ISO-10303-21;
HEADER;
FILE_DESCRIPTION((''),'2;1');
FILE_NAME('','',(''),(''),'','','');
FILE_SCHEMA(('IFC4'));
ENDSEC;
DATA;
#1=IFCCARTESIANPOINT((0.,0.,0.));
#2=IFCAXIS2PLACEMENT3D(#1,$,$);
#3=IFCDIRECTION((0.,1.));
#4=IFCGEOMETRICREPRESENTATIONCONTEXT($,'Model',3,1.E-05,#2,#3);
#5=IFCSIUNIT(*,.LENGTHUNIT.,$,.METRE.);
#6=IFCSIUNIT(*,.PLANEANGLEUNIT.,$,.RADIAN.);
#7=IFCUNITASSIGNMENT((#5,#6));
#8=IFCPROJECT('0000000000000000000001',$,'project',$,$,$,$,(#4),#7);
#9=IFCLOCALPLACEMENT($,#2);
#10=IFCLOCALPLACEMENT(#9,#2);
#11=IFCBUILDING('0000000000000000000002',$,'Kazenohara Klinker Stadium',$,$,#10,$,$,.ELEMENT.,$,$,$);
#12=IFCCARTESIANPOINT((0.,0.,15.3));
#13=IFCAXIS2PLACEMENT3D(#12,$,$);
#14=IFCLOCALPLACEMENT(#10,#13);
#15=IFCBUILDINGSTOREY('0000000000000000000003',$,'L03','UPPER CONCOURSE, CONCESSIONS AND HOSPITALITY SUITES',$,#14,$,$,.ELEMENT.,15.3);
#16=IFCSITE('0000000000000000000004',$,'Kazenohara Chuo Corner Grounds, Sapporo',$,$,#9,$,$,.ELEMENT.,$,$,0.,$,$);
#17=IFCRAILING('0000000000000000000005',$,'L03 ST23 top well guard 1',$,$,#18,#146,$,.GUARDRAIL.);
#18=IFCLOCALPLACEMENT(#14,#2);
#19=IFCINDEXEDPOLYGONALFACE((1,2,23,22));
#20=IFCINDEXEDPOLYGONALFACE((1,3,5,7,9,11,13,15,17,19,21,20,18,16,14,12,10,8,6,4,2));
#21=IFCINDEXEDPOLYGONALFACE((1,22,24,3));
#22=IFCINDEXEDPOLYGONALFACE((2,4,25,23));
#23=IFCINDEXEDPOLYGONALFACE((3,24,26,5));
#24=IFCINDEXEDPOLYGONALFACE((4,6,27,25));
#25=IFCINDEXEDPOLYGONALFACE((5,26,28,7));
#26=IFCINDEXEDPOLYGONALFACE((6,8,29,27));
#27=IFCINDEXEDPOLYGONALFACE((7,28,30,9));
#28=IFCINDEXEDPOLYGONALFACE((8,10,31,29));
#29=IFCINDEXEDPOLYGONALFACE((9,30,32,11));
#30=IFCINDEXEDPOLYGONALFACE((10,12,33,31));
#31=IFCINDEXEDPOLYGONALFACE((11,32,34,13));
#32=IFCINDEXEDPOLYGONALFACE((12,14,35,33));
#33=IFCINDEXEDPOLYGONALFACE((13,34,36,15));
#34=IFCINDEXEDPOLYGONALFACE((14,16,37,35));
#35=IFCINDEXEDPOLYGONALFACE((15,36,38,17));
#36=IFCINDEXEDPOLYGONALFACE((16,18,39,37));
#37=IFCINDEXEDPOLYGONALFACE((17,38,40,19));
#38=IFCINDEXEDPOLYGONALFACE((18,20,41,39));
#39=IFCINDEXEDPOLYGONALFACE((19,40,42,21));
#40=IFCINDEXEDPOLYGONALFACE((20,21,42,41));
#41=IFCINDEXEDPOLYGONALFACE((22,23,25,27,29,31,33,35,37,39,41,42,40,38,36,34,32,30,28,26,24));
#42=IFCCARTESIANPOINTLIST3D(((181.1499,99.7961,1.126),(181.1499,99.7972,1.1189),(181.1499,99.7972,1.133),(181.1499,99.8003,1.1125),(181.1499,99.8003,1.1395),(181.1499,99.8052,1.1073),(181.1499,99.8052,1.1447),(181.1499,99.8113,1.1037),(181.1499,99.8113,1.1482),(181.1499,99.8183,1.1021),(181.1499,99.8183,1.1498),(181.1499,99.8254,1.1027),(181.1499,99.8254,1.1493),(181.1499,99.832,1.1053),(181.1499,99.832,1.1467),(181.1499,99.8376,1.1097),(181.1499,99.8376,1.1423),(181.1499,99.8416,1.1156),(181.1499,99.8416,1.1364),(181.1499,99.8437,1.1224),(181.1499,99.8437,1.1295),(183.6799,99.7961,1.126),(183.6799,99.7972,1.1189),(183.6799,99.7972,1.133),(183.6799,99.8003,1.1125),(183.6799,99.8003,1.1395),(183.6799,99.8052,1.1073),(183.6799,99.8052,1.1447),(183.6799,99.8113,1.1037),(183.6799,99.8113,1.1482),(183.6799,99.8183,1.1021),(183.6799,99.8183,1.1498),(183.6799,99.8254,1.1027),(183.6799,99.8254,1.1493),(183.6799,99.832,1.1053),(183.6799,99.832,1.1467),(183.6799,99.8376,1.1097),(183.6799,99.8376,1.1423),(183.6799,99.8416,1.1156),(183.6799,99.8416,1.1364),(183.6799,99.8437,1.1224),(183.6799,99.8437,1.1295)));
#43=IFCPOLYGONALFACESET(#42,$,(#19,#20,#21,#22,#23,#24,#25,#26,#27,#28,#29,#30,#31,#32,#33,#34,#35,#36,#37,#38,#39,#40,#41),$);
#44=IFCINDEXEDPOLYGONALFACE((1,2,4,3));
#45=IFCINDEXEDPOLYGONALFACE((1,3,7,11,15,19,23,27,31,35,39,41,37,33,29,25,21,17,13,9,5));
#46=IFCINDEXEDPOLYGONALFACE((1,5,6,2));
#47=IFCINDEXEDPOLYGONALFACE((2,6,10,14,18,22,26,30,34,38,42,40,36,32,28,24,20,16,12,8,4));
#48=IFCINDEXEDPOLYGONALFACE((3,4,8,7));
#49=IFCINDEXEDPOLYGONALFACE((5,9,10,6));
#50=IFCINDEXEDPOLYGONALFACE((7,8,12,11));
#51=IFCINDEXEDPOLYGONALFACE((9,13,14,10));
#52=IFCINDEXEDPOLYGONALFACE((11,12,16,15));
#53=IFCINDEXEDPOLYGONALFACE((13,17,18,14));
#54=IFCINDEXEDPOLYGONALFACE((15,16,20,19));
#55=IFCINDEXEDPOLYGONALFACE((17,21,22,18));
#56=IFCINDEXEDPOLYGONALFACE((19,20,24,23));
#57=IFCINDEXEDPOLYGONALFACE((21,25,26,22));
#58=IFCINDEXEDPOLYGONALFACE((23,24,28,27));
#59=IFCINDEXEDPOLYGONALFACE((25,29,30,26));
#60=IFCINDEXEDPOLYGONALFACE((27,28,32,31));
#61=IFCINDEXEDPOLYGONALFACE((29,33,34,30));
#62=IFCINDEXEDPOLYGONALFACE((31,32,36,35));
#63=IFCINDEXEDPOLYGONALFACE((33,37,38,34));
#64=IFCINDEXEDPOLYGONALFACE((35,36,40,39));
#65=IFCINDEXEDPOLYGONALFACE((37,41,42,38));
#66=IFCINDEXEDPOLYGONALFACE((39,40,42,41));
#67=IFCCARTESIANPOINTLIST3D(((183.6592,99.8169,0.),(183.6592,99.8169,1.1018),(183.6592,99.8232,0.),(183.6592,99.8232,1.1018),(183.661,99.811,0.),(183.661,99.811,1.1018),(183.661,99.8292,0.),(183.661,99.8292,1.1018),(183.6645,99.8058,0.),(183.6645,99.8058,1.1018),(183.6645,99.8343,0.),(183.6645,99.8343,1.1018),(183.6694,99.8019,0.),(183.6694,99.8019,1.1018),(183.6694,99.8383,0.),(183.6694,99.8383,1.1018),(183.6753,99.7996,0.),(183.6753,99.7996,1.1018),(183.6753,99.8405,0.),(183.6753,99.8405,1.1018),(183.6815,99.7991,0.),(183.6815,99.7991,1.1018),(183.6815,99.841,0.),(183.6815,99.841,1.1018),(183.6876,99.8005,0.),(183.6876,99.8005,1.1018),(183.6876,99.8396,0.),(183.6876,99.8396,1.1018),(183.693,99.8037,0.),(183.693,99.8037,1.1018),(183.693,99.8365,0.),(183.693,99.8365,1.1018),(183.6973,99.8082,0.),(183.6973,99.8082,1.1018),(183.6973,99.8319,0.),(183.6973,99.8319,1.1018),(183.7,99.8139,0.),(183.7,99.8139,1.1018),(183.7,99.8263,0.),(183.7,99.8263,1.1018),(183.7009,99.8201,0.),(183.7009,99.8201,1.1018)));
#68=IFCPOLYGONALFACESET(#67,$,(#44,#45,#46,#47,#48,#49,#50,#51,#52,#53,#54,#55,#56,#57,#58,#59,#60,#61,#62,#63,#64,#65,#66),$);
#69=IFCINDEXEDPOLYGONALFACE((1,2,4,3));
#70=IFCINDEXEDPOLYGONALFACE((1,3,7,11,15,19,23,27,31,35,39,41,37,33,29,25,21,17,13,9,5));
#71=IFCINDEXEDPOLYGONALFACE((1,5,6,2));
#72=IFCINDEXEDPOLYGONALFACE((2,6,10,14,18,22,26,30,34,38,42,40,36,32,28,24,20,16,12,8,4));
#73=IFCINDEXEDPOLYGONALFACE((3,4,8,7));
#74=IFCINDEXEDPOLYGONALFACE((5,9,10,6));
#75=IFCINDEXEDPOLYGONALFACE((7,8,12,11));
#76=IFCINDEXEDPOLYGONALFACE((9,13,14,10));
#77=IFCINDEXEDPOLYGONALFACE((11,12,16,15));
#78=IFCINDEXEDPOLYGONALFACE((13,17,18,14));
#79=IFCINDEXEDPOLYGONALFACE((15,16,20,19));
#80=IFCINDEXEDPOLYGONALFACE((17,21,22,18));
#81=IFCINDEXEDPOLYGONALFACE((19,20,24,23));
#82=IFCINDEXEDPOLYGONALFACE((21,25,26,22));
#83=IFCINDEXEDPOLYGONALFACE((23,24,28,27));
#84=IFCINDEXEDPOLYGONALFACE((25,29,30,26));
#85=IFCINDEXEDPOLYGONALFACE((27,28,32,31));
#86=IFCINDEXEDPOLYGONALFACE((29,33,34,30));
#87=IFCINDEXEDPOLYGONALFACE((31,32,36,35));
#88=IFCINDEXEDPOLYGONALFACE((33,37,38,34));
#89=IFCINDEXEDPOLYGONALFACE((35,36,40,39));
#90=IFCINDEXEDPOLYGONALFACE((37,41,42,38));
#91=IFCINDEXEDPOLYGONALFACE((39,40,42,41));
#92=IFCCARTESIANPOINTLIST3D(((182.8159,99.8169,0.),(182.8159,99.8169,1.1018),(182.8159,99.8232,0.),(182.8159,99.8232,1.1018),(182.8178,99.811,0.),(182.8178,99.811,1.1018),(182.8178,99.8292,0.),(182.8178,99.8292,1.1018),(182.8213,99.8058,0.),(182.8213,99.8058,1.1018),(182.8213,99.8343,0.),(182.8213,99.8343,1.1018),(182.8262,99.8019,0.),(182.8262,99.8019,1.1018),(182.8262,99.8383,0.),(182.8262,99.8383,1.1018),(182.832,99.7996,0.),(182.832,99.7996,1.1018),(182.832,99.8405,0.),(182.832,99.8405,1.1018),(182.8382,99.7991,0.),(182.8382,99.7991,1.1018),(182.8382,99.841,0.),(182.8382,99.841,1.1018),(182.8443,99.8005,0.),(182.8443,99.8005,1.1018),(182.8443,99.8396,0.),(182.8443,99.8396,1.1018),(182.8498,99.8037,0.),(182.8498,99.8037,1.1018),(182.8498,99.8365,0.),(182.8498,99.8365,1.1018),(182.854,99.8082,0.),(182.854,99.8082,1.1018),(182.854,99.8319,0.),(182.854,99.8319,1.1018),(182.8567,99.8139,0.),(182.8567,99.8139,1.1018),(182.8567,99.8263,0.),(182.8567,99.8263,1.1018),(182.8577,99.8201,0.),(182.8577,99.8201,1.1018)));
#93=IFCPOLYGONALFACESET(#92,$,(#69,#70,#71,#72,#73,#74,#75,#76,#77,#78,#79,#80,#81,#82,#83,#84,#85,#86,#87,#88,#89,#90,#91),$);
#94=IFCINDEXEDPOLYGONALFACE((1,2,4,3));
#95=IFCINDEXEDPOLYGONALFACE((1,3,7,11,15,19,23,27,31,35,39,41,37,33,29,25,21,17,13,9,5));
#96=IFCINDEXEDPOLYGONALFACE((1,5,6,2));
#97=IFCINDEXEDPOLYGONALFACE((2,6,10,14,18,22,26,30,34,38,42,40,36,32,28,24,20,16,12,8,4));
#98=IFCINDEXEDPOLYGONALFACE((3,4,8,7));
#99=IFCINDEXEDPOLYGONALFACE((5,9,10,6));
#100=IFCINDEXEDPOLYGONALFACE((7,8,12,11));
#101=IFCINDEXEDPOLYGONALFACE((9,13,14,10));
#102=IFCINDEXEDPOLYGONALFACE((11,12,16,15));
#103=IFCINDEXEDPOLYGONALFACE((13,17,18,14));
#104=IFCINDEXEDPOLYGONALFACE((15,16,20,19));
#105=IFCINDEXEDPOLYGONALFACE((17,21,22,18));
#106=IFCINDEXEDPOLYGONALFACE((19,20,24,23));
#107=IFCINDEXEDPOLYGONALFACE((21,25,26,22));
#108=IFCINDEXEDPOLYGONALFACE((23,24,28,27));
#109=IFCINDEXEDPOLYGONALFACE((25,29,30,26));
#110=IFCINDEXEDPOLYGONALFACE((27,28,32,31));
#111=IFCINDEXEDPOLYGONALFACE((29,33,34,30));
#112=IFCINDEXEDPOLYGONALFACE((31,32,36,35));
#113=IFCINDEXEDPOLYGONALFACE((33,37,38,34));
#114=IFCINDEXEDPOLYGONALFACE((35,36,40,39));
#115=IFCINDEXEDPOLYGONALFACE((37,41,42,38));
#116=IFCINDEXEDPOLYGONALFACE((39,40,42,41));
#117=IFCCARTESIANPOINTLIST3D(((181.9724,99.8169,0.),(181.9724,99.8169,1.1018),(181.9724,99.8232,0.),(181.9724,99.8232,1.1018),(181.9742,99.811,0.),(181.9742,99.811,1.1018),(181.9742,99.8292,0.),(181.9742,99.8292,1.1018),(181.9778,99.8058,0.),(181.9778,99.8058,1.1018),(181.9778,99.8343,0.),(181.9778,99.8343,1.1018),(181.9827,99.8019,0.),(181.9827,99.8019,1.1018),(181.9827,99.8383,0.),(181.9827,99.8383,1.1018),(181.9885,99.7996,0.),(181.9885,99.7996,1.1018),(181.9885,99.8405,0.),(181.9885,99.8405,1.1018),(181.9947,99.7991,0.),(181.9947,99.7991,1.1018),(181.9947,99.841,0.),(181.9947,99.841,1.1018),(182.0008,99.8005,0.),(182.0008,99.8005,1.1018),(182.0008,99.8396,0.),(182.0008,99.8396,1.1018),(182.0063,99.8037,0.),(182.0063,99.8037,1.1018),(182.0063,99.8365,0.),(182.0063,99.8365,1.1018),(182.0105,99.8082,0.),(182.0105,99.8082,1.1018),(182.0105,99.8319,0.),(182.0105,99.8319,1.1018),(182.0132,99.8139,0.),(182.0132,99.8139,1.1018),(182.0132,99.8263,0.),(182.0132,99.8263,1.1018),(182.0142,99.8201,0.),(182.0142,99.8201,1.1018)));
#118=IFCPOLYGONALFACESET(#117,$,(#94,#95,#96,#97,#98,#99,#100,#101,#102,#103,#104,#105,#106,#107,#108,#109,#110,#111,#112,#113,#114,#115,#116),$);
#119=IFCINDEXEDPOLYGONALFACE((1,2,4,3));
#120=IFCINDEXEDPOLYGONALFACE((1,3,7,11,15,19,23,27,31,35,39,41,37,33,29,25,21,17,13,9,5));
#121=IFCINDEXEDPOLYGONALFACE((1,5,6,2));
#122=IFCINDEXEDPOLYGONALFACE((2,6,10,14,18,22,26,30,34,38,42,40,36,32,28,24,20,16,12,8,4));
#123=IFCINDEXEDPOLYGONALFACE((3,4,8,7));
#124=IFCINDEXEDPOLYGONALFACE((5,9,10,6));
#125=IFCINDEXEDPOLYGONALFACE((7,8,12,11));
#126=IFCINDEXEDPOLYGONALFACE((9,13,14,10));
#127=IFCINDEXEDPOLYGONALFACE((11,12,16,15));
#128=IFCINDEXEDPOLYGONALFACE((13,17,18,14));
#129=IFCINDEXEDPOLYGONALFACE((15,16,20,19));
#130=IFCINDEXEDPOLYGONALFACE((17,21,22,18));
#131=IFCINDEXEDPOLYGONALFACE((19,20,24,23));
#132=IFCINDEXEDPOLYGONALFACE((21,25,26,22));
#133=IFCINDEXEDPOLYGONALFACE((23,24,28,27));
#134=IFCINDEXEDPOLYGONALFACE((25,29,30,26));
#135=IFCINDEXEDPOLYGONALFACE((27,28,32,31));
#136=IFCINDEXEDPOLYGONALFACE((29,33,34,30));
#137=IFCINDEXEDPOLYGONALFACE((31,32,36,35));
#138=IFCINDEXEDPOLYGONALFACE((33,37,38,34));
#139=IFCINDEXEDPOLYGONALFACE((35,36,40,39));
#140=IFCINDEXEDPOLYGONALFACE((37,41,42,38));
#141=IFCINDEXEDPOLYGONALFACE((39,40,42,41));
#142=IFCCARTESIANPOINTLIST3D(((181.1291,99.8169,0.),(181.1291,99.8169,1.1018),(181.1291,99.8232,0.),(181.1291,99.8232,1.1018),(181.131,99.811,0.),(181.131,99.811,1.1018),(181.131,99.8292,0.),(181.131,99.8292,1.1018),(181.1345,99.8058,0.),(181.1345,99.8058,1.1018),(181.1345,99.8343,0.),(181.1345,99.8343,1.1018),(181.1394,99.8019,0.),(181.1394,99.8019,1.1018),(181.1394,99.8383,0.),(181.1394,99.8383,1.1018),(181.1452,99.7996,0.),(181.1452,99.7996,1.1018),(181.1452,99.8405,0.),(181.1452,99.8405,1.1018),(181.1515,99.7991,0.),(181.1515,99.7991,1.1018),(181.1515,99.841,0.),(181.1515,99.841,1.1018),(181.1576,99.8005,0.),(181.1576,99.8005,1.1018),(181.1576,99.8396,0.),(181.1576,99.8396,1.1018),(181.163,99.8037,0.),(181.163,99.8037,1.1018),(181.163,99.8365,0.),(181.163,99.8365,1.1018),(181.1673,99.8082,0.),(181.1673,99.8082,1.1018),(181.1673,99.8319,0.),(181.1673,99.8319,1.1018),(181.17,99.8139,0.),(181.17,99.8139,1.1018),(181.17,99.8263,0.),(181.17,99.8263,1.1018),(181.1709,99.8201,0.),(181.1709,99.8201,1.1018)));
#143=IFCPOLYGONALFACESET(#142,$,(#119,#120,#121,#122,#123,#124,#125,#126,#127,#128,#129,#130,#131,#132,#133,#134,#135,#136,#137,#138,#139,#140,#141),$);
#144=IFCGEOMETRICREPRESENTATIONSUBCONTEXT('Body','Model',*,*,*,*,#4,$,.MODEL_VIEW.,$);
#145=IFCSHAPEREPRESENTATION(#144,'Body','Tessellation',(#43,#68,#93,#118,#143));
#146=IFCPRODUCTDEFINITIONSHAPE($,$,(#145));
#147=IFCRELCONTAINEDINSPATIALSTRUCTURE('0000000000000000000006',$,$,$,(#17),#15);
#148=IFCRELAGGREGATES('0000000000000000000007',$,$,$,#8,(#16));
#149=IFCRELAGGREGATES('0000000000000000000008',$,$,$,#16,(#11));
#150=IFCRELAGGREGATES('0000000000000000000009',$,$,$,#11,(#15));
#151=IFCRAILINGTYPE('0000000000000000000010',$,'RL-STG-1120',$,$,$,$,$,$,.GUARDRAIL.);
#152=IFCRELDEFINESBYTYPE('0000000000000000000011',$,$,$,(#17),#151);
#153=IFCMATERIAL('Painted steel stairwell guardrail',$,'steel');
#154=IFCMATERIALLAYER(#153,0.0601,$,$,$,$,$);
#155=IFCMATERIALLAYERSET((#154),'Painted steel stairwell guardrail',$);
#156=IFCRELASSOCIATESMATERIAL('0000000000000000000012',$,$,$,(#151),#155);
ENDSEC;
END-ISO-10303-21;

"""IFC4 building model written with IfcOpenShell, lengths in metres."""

from ifc_helpers import new_model, si_unit, direction, frame, origin, origin_2d, place, context, subcontext, project, spatial, circle, extrude, material, layer, layer_set, type_object, element, save


model = new_model("IFC4")

# Units and contexts
model_context = context("Model", 3, precision=1e-05, world=origin(), true_north=direction((0.0, 1.0)))
body_context = subcontext(model_context, "Body", "Model", "MODEL_VIEW")
ifc_project = project(units=[si_unit("LENGTHUNIT", "METRE"), si_unit("PLANEANGLEUNIT", "RADIAN")], contexts=[model_context])

# Site, building, storey
site_placement = place(None, origin())
site = spatial("IfcSite", under=ifc_project, at=site_placement, Name="Kazenohara Chuo Corner Grounds, Sapporo", CompositionType="ELEMENT", RefElevation=0.0)
building_placement = place(site_placement, origin())
building = spatial("IfcBuilding", under=site, at=building_placement, Name="Kazenohara Klinker Stadium", CompositionType="ELEMENT")
storey_placement = place(building_placement, frame((0.0, 0.0, 15.3)))
storey = spatial("IfcBuildingStorey", under=building, at=storey_placement, Name="L03", Description="UPPER CONCOURSE, CONCESSIONS AND HOSPITALITY SUITES", CompositionType="ELEMENT", Elevation=15.3)

# Railing
ifc_material_1 = material(Name="Painted steel stairwell guardrail", Category="steel")
ifc_layer_1 = layer(ifc_material_1, 0.0601)
ifc_layer_set_1 = layer_set([ifc_layer_1], Name="Painted steel stairwell guardrail")
railing_type = type_object("IfcRailingType", Name="RL-STG-1120", PredefinedType="GUARDRAIL", material=ifc_layer_set_1)
railing_placement = place(storey_placement, frame((183.6799, 99.8201, 0.0)))
element("IfcRailing", 1, at=railing_placement, inside=storey, type_object=railing_type, Name="L03 ST23 top well guard 1", PredefinedType="GUARDRAIL", context=body_context, shape_type="SweptSolid", body=[
    extrude(circle(Radius=0.0239, at=origin_2d()), frame((0.0, 0.0, 1.126), z_axis=(-1.0, 0.0, 0.0), x_axis=(0.0, -1.0, 0.0)), (0.0, 0.0, 1.0), 2.53),
    extrude(circle(Radius=0.021, at=origin_2d()), origin(), (0.0, 0.0, 1.0), 1.1018),
    extrude(circle(Radius=0.021, at=origin_2d()), frame((-0.8433, 0.0, 0.0)), (0.0, 0.0, 1.0), 1.1018),
    extrude(circle(Radius=0.021, at=origin_2d()), frame((-1.6868, 0.0, 0.0)), (0.0, 0.0, 1.0), 1.1018),
    extrude(circle(Radius=0.021, at=origin_2d()), frame((-2.53, 0.0, 0.0)), (0.0, 0.0, 1.0), 1.1018),
])

save(model, "model.ifc")
